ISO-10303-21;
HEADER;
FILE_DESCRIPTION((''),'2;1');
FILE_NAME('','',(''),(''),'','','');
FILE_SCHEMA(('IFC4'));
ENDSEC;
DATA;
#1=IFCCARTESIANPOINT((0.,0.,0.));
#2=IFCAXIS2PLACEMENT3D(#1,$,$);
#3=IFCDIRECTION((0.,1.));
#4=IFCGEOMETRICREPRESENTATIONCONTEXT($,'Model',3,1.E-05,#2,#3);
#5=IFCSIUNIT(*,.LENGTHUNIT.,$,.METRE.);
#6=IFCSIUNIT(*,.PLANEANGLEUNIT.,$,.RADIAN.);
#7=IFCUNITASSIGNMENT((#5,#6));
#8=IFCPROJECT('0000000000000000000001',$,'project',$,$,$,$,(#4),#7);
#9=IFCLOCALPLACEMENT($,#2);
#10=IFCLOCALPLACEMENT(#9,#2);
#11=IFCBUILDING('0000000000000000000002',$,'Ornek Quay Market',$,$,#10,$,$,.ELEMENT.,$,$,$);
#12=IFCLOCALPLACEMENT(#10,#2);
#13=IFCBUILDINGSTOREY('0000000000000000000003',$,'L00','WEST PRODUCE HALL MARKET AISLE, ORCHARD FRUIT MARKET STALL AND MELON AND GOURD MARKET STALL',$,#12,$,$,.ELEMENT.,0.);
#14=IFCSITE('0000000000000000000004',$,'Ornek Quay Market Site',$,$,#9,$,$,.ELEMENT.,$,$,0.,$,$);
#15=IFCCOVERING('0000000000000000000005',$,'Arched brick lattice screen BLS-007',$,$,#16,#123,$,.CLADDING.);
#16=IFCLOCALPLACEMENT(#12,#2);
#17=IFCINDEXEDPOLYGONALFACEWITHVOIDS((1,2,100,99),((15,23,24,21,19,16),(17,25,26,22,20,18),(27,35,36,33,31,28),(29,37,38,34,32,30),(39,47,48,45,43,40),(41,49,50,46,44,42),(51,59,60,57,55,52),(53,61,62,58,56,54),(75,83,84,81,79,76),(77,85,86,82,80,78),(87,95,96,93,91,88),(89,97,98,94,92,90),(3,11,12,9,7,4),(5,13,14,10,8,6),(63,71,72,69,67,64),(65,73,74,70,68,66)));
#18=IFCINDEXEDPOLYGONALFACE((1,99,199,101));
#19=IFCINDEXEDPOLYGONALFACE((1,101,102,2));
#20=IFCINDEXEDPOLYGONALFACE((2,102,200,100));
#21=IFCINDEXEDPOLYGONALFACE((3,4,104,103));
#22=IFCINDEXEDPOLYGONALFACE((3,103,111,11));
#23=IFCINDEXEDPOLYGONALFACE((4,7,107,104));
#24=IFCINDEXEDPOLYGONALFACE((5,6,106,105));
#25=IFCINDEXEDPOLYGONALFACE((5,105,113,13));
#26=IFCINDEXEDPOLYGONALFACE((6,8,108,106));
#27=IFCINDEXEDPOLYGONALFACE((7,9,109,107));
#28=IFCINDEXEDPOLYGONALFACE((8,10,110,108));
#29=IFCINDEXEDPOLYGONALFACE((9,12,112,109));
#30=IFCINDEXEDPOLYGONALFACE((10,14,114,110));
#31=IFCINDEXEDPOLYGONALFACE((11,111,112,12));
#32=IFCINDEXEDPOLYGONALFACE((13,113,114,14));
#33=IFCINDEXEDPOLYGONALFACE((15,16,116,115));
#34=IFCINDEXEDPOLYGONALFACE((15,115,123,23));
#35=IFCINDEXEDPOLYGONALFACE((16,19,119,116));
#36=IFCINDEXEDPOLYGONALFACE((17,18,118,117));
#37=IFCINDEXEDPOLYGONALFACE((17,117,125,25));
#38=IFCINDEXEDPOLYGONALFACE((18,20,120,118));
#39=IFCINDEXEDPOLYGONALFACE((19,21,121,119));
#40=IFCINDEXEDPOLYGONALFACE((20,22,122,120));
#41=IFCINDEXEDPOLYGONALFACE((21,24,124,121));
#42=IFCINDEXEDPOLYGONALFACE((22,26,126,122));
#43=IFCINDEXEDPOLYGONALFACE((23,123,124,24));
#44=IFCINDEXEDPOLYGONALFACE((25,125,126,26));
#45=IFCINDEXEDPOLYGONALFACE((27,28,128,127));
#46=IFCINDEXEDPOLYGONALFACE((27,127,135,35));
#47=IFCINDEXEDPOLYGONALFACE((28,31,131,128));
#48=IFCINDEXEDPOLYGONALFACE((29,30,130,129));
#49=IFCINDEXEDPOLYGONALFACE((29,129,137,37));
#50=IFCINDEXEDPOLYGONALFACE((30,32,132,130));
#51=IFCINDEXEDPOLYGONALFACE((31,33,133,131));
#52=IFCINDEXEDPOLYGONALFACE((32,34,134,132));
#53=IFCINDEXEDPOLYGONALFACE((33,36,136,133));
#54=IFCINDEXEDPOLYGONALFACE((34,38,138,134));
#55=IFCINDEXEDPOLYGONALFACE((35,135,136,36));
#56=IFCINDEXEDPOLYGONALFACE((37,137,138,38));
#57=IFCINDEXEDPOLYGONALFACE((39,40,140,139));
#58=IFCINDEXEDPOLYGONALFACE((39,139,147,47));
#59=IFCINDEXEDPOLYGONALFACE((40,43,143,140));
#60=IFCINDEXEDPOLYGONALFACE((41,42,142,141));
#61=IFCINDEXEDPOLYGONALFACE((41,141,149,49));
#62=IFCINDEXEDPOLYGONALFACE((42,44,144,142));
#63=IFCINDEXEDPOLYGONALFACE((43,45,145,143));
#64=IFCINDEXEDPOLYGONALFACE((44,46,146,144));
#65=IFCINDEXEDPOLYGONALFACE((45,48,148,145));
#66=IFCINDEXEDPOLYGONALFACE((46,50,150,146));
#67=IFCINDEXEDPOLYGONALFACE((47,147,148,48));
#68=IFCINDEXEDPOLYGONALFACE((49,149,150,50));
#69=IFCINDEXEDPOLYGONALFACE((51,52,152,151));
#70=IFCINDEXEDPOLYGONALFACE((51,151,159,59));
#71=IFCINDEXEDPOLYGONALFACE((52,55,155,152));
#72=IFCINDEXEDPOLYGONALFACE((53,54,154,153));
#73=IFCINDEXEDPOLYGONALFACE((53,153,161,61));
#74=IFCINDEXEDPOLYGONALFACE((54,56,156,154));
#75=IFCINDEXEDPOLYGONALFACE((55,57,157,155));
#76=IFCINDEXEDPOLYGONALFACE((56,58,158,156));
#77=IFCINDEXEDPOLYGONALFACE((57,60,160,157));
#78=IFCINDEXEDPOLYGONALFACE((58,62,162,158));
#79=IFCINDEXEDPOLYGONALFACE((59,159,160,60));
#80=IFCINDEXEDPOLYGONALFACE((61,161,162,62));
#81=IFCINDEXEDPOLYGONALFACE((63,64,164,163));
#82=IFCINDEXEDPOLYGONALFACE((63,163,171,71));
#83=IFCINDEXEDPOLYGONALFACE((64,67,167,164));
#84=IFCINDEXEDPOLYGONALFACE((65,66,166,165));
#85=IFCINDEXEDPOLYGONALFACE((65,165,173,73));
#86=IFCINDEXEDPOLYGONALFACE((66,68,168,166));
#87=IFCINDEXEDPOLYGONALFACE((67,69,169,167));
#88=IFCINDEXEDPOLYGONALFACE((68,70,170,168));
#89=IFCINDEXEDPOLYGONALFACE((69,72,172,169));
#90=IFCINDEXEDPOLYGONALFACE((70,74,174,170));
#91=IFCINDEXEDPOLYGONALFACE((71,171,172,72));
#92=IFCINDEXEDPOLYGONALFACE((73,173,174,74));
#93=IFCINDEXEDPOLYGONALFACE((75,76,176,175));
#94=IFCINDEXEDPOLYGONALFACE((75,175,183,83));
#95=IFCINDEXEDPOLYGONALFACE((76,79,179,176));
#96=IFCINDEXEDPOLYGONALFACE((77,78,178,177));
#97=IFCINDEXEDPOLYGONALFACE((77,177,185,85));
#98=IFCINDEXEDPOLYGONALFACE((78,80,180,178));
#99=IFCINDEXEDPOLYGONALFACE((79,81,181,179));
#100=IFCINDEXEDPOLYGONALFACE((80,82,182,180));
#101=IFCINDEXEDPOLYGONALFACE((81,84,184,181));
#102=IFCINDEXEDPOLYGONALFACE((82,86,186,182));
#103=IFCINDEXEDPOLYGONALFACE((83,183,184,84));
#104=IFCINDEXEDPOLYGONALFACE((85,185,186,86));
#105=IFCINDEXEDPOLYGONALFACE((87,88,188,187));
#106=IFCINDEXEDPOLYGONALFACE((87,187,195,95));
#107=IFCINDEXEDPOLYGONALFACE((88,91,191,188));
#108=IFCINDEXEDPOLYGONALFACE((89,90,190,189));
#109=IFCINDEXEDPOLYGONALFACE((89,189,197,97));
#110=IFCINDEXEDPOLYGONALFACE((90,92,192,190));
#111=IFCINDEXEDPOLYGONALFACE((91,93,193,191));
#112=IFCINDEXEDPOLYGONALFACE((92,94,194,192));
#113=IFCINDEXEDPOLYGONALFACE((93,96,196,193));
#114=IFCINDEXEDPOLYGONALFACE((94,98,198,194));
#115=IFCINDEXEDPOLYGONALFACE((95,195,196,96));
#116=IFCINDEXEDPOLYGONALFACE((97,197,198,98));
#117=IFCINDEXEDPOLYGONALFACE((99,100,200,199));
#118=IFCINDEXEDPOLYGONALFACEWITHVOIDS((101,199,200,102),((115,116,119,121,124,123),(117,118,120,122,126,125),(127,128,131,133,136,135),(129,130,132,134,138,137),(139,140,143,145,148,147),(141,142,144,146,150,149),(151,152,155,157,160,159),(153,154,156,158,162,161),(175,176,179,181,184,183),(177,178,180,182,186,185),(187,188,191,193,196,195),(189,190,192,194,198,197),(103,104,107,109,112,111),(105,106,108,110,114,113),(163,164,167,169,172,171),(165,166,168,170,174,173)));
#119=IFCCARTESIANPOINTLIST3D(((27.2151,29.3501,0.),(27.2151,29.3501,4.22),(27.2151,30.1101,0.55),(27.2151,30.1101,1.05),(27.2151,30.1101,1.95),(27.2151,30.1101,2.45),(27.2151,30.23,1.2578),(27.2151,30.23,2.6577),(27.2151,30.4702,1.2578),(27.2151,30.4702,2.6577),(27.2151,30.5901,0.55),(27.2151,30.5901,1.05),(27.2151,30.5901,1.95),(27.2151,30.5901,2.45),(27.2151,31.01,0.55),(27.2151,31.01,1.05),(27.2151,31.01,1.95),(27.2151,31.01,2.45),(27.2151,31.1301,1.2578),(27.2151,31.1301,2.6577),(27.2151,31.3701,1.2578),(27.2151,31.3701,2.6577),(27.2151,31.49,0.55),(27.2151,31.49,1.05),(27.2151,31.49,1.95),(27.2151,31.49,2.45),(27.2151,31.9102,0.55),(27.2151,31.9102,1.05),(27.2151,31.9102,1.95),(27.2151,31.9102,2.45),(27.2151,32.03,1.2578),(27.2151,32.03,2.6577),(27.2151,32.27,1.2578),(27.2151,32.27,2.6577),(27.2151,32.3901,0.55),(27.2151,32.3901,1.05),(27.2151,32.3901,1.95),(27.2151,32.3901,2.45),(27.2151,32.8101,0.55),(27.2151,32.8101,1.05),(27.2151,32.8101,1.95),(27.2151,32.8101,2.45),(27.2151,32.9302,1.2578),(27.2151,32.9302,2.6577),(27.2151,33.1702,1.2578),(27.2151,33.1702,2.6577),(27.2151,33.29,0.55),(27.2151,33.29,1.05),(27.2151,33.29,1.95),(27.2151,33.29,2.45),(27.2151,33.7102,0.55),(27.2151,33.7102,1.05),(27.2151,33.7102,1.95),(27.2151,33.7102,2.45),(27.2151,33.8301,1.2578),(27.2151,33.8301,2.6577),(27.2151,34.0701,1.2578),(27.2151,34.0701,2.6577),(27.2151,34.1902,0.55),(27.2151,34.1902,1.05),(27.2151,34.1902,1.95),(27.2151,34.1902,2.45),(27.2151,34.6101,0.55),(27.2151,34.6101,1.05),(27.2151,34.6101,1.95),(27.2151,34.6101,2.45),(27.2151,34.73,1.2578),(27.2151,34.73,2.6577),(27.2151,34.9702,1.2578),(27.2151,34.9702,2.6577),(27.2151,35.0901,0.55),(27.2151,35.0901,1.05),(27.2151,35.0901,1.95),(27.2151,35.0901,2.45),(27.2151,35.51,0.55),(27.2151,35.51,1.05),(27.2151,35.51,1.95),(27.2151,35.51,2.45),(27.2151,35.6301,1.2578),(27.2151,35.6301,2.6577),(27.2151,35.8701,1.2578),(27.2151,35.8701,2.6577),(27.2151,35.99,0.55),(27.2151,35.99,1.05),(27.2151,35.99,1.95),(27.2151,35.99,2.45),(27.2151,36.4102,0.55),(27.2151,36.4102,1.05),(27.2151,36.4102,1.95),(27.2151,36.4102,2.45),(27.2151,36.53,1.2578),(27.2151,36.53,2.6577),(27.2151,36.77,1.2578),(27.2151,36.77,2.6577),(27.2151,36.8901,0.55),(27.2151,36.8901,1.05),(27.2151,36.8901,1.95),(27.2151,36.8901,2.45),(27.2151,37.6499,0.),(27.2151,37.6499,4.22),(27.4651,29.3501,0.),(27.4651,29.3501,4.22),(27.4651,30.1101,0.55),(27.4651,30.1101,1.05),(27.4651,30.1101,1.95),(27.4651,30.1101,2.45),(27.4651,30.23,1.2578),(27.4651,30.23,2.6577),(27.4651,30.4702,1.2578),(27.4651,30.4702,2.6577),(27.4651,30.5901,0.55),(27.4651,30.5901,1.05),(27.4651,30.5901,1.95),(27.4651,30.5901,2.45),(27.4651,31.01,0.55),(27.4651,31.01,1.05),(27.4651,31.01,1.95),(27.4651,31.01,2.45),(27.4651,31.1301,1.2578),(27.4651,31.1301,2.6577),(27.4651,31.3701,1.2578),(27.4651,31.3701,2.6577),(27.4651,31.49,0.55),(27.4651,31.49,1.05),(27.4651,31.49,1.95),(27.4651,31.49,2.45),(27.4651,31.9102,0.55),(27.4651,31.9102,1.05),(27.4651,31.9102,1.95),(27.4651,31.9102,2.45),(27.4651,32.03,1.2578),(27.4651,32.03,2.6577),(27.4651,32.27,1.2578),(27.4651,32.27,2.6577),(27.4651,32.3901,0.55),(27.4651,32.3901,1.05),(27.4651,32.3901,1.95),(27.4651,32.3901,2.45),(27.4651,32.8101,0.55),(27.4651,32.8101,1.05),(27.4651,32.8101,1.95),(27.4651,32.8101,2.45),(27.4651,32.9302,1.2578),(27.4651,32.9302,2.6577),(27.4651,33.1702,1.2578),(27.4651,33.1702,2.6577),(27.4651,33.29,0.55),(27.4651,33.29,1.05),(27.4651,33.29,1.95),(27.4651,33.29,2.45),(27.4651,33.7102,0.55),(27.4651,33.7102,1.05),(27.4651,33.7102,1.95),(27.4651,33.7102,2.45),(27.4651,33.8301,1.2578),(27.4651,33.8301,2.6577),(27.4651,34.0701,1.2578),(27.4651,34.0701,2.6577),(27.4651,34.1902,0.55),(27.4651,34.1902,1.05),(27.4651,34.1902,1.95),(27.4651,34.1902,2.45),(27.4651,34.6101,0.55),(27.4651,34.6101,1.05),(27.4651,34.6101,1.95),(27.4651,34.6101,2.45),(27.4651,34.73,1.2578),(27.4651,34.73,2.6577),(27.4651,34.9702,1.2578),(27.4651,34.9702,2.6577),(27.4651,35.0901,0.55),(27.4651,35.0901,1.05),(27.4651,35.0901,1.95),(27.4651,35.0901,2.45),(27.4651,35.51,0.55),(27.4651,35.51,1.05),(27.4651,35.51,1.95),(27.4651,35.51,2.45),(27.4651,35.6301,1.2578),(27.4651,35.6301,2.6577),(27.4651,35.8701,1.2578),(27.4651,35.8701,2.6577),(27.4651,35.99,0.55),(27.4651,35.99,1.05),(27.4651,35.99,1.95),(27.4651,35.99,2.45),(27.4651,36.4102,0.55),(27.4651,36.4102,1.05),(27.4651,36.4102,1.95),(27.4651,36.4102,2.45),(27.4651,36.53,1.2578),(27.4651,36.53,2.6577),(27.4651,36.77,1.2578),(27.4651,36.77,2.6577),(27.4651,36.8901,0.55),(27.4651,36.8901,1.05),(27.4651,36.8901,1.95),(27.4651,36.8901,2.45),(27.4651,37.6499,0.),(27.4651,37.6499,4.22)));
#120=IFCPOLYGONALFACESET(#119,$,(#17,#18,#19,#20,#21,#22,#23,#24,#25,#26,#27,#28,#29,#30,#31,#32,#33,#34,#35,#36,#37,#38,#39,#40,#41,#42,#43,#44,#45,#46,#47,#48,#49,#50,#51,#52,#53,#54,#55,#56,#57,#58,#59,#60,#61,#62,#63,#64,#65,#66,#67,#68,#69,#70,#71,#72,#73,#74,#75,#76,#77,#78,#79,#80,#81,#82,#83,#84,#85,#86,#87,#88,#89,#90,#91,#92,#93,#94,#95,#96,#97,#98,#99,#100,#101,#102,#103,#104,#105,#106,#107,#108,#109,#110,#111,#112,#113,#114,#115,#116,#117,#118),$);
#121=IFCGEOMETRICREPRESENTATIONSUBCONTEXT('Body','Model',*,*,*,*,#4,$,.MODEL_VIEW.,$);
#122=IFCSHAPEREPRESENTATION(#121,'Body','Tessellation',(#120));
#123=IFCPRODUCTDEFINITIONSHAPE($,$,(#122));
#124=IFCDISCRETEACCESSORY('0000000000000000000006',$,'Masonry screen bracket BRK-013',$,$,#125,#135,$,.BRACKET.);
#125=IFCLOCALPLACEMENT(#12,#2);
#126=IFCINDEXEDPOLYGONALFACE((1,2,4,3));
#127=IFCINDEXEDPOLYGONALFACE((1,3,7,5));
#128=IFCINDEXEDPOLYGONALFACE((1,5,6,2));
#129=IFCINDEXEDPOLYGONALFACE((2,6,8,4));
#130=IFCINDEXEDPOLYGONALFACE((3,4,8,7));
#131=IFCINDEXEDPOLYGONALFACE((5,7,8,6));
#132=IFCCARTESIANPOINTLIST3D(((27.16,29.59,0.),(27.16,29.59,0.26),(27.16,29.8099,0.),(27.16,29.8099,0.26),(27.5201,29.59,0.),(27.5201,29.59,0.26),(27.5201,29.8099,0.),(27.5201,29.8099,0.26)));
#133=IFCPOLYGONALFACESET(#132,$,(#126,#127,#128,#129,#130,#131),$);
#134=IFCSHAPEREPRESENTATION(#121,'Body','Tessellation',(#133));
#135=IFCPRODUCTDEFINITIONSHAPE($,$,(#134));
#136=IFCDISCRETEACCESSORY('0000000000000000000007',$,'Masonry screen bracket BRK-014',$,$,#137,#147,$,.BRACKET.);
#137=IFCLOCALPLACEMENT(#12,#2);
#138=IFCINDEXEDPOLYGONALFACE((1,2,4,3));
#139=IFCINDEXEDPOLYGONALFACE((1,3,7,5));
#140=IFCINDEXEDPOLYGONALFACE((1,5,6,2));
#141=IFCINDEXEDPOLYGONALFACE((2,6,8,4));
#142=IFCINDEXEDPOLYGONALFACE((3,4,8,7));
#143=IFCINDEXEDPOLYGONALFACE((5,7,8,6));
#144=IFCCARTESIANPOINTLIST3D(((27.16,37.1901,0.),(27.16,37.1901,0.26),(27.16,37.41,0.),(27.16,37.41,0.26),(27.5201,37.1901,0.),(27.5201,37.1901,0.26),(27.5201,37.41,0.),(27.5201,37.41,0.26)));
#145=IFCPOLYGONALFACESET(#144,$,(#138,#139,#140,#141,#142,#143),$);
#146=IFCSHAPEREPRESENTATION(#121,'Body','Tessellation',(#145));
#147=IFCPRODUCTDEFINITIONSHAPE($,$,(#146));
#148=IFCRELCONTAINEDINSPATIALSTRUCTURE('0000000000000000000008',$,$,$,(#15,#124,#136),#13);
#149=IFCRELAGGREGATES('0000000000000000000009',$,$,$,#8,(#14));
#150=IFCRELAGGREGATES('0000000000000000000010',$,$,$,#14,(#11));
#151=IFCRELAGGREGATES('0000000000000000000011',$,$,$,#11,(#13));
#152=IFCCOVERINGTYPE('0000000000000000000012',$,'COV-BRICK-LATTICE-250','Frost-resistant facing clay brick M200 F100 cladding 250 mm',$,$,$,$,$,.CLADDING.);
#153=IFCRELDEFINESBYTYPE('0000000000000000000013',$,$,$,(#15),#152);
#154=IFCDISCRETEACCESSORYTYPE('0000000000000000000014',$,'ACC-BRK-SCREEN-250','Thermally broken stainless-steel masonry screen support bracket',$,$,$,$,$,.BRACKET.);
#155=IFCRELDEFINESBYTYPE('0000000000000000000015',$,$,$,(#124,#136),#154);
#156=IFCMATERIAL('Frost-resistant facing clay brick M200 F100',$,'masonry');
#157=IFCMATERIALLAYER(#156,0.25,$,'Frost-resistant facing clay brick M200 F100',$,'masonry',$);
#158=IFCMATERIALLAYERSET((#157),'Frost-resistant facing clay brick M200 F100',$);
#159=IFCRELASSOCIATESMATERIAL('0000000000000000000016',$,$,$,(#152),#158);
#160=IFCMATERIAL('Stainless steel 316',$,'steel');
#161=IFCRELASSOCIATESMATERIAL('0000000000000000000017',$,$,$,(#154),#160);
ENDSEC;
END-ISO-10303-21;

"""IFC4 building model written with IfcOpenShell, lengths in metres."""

from ifc_helpers import new_model, si_unit, direction, frame, origin, origin_2d, place, context, subcontext, project, spatial, polyline, rectangle, outline, extrude, material, layer, layer_set, type_object, element, save


model = new_model("IFC4")

# Units and contexts
model_context = context("Model", 3, precision=1e-05, world=origin(), true_north=direction((0.0, 1.0)))
body_context = subcontext(model_context, "Body", "Model", "MODEL_VIEW")
ifc_project = project(units=[si_unit("LENGTHUNIT", "METRE"), si_unit("PLANEANGLEUNIT", "RADIAN")], contexts=[model_context])

# Site, building, storey
site_placement = place(None, origin())
site = spatial("IfcSite", under=ifc_project, at=site_placement, Name="Ornek Quay Market Site", CompositionType="ELEMENT", RefElevation=0.0)
building_placement = place(site_placement, origin())
building = spatial("IfcBuilding", under=site, at=building_placement, Name="Ornek Quay Market", CompositionType="ELEMENT")
storey_placement = place(building_placement, origin())
storey = spatial("IfcBuildingStorey", under=building, at=storey_placement, Name="L00", Description="WEST PRODUCE HALL MARKET AISLE, ORCHARD FRUIT MARKET STALL AND MELON AND GOURD MARKET STALL", CompositionType="ELEMENT", Elevation=0.0)

# Shared definitions
ifc_material_1 = material(Name="Frost-resistant facing clay brick M200 F100", Category="masonry")

# Covering
ifc_layer_1 = layer(ifc_material_1, 0.25, Name="Frost-resistant facing clay brick M200 F100", Category="masonry")
ifc_layer_set_1 = layer_set([ifc_layer_1], Name="Frost-resistant facing clay brick M200 F100")
covering_type = type_object("IfcCoveringType", Name="COV-BRICK-LATTICE-250", Description="Frost-resistant facing clay brick M200 F100 cladding 250 mm", PredefinedType="CLADDING", material=ifc_layer_set_1)
covering_placement = place(storey_placement, frame((27.3401, 29.3501, 0.0), z_axis=(0.0, 0.0, 1.0), x_axis=(0.0, 1.0, 0.0)))
element("IfcCovering", 1, at=covering_placement, inside=storey, type_object=covering_type, Name="Arched brick lattice screen BLS-007", PredefinedType="CLADDING", context=body_context, shape_type="SweptSolid", body=[
    extrude(outline(polyline([(0.0, 0.0), (8.2998, 0.0), (8.2998, 4.22), (0.0, 4.22), (0.0, 0.0)]), holes=[polyline([(0.76, 0.55), (1.24, 0.55), (1.24, 1.05), (1.1201, 1.2578), (0.8799, 1.2578), (0.76, 1.05), (0.76, 0.55)]), polyline([(0.76, 1.95), (1.24, 1.95), (1.24, 2.45), (1.1201, 2.6577), (0.8799, 2.6577), (0.76, 2.45), (0.76, 1.95)]), polyline([(1.6599, 0.55), (2.1399, 0.55), (2.1399, 1.05), (2.02, 1.2578), (1.78, 1.2578), (1.6599, 1.05), (1.6599, 0.55)]), polyline([(1.6599, 1.95), (2.1399, 1.95), (2.1399, 2.45), (2.02, 2.6577), (1.78, 2.6577), (1.6599, 2.45), (1.6599, 1.95)]), polyline([(2.5601, 0.55), (3.04, 0.55), (3.04, 1.05), (2.9199, 1.2578), (2.6799, 1.2578), (2.5601, 1.05), (2.5601, 0.55)]), polyline([(2.5601, 1.95), (3.04, 1.95), (3.04, 2.45), (2.9199, 2.6577), (2.6799, 2.6577), (2.5601, 2.45), (2.5601, 1.95)]), polyline([(3.46, 0.55), (3.9399, 0.55), (3.9399, 1.05), (3.8201, 1.2578), (3.5801, 1.2578), (3.46, 1.05), (3.46, 0.55)]), polyline([(3.46, 1.95), (3.9399, 1.95), (3.9399, 2.45), (3.8201, 2.6577), (3.5801, 2.6577), (3.46, 2.45), (3.46, 1.95)]), polyline([(4.3601, 0.55), (4.8401, 0.55), (4.8401, 1.05), (4.72, 1.2578), (4.48, 1.2578), (4.3601, 1.05), (4.3601, 0.55)]), polyline([(4.3601, 1.95), (4.8401, 1.95), (4.8401, 2.45), (4.72, 2.6577), (4.48, 2.6577), (4.3601, 2.45), (4.3601, 1.95)]), polyline([(5.26, 0.55), (5.74, 0.55), (5.74, 1.05), (5.6201, 1.2578), (5.3799, 1.2578), (5.26, 1.05), (5.26, 0.55)]), polyline([(5.26, 1.95), (5.74, 1.95), (5.74, 2.45), (5.6201, 2.6577), (5.3799, 2.6577), (5.26, 2.45), (5.26, 1.95)]), polyline([(6.1599, 0.55), (6.6399, 0.55), (6.6399, 1.05), (6.52, 1.2578), (6.28, 1.2578), (6.1599, 1.05), (6.1599, 0.55)]), polyline([(6.1599, 1.95), (6.6399, 1.95), (6.6399, 2.45), (6.52, 2.6577), (6.28, 2.6577), (6.1599, 2.45), (6.1599, 1.95)]), polyline([(7.0601, 0.55), (7.54, 0.55), (7.54, 1.05), (7.4199, 1.2578), (7.1799, 1.2578), (7.0601, 1.05), (7.0601, 0.55)]), polyline([(7.0601, 1.95), (7.54, 1.95), (7.54, 2.45), (7.4199, 2.6577), (7.1799, 2.6577), (7.0601, 2.45), (7.0601, 1.95)])]), frame((0.0, 0.125, 0.0), z_axis=(0.0, -1.0, 0.0), x_axis=(1.0, 0.0, 0.0)), (0.0, 0.0, 1.0), 0.25),
])

# Discrete accessories
ifc_material_2 = material(Name="Stainless steel 316", Category="steel")
discrete_accessory_type = type_object("IfcDiscreteAccessoryType", Name="ACC-BRK-SCREEN-250", Description="Thermally broken stainless-steel masonry screen support bracket", PredefinedType="BRACKET", material=ifc_material_2)
for number, where, z_axis, x_axis, name in (
    (2, (27.3401, 29.7, 0.0), (0.0, 0.0, 1.0), (0.0, 1.0, 0.0), "Masonry screen bracket BRK-013"),
    (3, (27.3401, 37.3, 0.0), (0.0, 0.0, 1.0), (0.0, 1.0, 0.0), "Masonry screen bracket BRK-014"),
):
    element("IfcDiscreteAccessory", number, at=place(storey_placement, frame(where, z_axis=z_axis, x_axis=x_axis)), inside=storey, type_object=discrete_accessory_type, Name=name, PredefinedType="BRACKET", context=body_context, shape_type="SweptSolid", body=[
        extrude(rectangle(XDim=0.22, YDim=0.3601, at=origin_2d()), origin(), (0.0, 0.0, 1.0), 0.26),
    ])

save(model, "model.ifc")
